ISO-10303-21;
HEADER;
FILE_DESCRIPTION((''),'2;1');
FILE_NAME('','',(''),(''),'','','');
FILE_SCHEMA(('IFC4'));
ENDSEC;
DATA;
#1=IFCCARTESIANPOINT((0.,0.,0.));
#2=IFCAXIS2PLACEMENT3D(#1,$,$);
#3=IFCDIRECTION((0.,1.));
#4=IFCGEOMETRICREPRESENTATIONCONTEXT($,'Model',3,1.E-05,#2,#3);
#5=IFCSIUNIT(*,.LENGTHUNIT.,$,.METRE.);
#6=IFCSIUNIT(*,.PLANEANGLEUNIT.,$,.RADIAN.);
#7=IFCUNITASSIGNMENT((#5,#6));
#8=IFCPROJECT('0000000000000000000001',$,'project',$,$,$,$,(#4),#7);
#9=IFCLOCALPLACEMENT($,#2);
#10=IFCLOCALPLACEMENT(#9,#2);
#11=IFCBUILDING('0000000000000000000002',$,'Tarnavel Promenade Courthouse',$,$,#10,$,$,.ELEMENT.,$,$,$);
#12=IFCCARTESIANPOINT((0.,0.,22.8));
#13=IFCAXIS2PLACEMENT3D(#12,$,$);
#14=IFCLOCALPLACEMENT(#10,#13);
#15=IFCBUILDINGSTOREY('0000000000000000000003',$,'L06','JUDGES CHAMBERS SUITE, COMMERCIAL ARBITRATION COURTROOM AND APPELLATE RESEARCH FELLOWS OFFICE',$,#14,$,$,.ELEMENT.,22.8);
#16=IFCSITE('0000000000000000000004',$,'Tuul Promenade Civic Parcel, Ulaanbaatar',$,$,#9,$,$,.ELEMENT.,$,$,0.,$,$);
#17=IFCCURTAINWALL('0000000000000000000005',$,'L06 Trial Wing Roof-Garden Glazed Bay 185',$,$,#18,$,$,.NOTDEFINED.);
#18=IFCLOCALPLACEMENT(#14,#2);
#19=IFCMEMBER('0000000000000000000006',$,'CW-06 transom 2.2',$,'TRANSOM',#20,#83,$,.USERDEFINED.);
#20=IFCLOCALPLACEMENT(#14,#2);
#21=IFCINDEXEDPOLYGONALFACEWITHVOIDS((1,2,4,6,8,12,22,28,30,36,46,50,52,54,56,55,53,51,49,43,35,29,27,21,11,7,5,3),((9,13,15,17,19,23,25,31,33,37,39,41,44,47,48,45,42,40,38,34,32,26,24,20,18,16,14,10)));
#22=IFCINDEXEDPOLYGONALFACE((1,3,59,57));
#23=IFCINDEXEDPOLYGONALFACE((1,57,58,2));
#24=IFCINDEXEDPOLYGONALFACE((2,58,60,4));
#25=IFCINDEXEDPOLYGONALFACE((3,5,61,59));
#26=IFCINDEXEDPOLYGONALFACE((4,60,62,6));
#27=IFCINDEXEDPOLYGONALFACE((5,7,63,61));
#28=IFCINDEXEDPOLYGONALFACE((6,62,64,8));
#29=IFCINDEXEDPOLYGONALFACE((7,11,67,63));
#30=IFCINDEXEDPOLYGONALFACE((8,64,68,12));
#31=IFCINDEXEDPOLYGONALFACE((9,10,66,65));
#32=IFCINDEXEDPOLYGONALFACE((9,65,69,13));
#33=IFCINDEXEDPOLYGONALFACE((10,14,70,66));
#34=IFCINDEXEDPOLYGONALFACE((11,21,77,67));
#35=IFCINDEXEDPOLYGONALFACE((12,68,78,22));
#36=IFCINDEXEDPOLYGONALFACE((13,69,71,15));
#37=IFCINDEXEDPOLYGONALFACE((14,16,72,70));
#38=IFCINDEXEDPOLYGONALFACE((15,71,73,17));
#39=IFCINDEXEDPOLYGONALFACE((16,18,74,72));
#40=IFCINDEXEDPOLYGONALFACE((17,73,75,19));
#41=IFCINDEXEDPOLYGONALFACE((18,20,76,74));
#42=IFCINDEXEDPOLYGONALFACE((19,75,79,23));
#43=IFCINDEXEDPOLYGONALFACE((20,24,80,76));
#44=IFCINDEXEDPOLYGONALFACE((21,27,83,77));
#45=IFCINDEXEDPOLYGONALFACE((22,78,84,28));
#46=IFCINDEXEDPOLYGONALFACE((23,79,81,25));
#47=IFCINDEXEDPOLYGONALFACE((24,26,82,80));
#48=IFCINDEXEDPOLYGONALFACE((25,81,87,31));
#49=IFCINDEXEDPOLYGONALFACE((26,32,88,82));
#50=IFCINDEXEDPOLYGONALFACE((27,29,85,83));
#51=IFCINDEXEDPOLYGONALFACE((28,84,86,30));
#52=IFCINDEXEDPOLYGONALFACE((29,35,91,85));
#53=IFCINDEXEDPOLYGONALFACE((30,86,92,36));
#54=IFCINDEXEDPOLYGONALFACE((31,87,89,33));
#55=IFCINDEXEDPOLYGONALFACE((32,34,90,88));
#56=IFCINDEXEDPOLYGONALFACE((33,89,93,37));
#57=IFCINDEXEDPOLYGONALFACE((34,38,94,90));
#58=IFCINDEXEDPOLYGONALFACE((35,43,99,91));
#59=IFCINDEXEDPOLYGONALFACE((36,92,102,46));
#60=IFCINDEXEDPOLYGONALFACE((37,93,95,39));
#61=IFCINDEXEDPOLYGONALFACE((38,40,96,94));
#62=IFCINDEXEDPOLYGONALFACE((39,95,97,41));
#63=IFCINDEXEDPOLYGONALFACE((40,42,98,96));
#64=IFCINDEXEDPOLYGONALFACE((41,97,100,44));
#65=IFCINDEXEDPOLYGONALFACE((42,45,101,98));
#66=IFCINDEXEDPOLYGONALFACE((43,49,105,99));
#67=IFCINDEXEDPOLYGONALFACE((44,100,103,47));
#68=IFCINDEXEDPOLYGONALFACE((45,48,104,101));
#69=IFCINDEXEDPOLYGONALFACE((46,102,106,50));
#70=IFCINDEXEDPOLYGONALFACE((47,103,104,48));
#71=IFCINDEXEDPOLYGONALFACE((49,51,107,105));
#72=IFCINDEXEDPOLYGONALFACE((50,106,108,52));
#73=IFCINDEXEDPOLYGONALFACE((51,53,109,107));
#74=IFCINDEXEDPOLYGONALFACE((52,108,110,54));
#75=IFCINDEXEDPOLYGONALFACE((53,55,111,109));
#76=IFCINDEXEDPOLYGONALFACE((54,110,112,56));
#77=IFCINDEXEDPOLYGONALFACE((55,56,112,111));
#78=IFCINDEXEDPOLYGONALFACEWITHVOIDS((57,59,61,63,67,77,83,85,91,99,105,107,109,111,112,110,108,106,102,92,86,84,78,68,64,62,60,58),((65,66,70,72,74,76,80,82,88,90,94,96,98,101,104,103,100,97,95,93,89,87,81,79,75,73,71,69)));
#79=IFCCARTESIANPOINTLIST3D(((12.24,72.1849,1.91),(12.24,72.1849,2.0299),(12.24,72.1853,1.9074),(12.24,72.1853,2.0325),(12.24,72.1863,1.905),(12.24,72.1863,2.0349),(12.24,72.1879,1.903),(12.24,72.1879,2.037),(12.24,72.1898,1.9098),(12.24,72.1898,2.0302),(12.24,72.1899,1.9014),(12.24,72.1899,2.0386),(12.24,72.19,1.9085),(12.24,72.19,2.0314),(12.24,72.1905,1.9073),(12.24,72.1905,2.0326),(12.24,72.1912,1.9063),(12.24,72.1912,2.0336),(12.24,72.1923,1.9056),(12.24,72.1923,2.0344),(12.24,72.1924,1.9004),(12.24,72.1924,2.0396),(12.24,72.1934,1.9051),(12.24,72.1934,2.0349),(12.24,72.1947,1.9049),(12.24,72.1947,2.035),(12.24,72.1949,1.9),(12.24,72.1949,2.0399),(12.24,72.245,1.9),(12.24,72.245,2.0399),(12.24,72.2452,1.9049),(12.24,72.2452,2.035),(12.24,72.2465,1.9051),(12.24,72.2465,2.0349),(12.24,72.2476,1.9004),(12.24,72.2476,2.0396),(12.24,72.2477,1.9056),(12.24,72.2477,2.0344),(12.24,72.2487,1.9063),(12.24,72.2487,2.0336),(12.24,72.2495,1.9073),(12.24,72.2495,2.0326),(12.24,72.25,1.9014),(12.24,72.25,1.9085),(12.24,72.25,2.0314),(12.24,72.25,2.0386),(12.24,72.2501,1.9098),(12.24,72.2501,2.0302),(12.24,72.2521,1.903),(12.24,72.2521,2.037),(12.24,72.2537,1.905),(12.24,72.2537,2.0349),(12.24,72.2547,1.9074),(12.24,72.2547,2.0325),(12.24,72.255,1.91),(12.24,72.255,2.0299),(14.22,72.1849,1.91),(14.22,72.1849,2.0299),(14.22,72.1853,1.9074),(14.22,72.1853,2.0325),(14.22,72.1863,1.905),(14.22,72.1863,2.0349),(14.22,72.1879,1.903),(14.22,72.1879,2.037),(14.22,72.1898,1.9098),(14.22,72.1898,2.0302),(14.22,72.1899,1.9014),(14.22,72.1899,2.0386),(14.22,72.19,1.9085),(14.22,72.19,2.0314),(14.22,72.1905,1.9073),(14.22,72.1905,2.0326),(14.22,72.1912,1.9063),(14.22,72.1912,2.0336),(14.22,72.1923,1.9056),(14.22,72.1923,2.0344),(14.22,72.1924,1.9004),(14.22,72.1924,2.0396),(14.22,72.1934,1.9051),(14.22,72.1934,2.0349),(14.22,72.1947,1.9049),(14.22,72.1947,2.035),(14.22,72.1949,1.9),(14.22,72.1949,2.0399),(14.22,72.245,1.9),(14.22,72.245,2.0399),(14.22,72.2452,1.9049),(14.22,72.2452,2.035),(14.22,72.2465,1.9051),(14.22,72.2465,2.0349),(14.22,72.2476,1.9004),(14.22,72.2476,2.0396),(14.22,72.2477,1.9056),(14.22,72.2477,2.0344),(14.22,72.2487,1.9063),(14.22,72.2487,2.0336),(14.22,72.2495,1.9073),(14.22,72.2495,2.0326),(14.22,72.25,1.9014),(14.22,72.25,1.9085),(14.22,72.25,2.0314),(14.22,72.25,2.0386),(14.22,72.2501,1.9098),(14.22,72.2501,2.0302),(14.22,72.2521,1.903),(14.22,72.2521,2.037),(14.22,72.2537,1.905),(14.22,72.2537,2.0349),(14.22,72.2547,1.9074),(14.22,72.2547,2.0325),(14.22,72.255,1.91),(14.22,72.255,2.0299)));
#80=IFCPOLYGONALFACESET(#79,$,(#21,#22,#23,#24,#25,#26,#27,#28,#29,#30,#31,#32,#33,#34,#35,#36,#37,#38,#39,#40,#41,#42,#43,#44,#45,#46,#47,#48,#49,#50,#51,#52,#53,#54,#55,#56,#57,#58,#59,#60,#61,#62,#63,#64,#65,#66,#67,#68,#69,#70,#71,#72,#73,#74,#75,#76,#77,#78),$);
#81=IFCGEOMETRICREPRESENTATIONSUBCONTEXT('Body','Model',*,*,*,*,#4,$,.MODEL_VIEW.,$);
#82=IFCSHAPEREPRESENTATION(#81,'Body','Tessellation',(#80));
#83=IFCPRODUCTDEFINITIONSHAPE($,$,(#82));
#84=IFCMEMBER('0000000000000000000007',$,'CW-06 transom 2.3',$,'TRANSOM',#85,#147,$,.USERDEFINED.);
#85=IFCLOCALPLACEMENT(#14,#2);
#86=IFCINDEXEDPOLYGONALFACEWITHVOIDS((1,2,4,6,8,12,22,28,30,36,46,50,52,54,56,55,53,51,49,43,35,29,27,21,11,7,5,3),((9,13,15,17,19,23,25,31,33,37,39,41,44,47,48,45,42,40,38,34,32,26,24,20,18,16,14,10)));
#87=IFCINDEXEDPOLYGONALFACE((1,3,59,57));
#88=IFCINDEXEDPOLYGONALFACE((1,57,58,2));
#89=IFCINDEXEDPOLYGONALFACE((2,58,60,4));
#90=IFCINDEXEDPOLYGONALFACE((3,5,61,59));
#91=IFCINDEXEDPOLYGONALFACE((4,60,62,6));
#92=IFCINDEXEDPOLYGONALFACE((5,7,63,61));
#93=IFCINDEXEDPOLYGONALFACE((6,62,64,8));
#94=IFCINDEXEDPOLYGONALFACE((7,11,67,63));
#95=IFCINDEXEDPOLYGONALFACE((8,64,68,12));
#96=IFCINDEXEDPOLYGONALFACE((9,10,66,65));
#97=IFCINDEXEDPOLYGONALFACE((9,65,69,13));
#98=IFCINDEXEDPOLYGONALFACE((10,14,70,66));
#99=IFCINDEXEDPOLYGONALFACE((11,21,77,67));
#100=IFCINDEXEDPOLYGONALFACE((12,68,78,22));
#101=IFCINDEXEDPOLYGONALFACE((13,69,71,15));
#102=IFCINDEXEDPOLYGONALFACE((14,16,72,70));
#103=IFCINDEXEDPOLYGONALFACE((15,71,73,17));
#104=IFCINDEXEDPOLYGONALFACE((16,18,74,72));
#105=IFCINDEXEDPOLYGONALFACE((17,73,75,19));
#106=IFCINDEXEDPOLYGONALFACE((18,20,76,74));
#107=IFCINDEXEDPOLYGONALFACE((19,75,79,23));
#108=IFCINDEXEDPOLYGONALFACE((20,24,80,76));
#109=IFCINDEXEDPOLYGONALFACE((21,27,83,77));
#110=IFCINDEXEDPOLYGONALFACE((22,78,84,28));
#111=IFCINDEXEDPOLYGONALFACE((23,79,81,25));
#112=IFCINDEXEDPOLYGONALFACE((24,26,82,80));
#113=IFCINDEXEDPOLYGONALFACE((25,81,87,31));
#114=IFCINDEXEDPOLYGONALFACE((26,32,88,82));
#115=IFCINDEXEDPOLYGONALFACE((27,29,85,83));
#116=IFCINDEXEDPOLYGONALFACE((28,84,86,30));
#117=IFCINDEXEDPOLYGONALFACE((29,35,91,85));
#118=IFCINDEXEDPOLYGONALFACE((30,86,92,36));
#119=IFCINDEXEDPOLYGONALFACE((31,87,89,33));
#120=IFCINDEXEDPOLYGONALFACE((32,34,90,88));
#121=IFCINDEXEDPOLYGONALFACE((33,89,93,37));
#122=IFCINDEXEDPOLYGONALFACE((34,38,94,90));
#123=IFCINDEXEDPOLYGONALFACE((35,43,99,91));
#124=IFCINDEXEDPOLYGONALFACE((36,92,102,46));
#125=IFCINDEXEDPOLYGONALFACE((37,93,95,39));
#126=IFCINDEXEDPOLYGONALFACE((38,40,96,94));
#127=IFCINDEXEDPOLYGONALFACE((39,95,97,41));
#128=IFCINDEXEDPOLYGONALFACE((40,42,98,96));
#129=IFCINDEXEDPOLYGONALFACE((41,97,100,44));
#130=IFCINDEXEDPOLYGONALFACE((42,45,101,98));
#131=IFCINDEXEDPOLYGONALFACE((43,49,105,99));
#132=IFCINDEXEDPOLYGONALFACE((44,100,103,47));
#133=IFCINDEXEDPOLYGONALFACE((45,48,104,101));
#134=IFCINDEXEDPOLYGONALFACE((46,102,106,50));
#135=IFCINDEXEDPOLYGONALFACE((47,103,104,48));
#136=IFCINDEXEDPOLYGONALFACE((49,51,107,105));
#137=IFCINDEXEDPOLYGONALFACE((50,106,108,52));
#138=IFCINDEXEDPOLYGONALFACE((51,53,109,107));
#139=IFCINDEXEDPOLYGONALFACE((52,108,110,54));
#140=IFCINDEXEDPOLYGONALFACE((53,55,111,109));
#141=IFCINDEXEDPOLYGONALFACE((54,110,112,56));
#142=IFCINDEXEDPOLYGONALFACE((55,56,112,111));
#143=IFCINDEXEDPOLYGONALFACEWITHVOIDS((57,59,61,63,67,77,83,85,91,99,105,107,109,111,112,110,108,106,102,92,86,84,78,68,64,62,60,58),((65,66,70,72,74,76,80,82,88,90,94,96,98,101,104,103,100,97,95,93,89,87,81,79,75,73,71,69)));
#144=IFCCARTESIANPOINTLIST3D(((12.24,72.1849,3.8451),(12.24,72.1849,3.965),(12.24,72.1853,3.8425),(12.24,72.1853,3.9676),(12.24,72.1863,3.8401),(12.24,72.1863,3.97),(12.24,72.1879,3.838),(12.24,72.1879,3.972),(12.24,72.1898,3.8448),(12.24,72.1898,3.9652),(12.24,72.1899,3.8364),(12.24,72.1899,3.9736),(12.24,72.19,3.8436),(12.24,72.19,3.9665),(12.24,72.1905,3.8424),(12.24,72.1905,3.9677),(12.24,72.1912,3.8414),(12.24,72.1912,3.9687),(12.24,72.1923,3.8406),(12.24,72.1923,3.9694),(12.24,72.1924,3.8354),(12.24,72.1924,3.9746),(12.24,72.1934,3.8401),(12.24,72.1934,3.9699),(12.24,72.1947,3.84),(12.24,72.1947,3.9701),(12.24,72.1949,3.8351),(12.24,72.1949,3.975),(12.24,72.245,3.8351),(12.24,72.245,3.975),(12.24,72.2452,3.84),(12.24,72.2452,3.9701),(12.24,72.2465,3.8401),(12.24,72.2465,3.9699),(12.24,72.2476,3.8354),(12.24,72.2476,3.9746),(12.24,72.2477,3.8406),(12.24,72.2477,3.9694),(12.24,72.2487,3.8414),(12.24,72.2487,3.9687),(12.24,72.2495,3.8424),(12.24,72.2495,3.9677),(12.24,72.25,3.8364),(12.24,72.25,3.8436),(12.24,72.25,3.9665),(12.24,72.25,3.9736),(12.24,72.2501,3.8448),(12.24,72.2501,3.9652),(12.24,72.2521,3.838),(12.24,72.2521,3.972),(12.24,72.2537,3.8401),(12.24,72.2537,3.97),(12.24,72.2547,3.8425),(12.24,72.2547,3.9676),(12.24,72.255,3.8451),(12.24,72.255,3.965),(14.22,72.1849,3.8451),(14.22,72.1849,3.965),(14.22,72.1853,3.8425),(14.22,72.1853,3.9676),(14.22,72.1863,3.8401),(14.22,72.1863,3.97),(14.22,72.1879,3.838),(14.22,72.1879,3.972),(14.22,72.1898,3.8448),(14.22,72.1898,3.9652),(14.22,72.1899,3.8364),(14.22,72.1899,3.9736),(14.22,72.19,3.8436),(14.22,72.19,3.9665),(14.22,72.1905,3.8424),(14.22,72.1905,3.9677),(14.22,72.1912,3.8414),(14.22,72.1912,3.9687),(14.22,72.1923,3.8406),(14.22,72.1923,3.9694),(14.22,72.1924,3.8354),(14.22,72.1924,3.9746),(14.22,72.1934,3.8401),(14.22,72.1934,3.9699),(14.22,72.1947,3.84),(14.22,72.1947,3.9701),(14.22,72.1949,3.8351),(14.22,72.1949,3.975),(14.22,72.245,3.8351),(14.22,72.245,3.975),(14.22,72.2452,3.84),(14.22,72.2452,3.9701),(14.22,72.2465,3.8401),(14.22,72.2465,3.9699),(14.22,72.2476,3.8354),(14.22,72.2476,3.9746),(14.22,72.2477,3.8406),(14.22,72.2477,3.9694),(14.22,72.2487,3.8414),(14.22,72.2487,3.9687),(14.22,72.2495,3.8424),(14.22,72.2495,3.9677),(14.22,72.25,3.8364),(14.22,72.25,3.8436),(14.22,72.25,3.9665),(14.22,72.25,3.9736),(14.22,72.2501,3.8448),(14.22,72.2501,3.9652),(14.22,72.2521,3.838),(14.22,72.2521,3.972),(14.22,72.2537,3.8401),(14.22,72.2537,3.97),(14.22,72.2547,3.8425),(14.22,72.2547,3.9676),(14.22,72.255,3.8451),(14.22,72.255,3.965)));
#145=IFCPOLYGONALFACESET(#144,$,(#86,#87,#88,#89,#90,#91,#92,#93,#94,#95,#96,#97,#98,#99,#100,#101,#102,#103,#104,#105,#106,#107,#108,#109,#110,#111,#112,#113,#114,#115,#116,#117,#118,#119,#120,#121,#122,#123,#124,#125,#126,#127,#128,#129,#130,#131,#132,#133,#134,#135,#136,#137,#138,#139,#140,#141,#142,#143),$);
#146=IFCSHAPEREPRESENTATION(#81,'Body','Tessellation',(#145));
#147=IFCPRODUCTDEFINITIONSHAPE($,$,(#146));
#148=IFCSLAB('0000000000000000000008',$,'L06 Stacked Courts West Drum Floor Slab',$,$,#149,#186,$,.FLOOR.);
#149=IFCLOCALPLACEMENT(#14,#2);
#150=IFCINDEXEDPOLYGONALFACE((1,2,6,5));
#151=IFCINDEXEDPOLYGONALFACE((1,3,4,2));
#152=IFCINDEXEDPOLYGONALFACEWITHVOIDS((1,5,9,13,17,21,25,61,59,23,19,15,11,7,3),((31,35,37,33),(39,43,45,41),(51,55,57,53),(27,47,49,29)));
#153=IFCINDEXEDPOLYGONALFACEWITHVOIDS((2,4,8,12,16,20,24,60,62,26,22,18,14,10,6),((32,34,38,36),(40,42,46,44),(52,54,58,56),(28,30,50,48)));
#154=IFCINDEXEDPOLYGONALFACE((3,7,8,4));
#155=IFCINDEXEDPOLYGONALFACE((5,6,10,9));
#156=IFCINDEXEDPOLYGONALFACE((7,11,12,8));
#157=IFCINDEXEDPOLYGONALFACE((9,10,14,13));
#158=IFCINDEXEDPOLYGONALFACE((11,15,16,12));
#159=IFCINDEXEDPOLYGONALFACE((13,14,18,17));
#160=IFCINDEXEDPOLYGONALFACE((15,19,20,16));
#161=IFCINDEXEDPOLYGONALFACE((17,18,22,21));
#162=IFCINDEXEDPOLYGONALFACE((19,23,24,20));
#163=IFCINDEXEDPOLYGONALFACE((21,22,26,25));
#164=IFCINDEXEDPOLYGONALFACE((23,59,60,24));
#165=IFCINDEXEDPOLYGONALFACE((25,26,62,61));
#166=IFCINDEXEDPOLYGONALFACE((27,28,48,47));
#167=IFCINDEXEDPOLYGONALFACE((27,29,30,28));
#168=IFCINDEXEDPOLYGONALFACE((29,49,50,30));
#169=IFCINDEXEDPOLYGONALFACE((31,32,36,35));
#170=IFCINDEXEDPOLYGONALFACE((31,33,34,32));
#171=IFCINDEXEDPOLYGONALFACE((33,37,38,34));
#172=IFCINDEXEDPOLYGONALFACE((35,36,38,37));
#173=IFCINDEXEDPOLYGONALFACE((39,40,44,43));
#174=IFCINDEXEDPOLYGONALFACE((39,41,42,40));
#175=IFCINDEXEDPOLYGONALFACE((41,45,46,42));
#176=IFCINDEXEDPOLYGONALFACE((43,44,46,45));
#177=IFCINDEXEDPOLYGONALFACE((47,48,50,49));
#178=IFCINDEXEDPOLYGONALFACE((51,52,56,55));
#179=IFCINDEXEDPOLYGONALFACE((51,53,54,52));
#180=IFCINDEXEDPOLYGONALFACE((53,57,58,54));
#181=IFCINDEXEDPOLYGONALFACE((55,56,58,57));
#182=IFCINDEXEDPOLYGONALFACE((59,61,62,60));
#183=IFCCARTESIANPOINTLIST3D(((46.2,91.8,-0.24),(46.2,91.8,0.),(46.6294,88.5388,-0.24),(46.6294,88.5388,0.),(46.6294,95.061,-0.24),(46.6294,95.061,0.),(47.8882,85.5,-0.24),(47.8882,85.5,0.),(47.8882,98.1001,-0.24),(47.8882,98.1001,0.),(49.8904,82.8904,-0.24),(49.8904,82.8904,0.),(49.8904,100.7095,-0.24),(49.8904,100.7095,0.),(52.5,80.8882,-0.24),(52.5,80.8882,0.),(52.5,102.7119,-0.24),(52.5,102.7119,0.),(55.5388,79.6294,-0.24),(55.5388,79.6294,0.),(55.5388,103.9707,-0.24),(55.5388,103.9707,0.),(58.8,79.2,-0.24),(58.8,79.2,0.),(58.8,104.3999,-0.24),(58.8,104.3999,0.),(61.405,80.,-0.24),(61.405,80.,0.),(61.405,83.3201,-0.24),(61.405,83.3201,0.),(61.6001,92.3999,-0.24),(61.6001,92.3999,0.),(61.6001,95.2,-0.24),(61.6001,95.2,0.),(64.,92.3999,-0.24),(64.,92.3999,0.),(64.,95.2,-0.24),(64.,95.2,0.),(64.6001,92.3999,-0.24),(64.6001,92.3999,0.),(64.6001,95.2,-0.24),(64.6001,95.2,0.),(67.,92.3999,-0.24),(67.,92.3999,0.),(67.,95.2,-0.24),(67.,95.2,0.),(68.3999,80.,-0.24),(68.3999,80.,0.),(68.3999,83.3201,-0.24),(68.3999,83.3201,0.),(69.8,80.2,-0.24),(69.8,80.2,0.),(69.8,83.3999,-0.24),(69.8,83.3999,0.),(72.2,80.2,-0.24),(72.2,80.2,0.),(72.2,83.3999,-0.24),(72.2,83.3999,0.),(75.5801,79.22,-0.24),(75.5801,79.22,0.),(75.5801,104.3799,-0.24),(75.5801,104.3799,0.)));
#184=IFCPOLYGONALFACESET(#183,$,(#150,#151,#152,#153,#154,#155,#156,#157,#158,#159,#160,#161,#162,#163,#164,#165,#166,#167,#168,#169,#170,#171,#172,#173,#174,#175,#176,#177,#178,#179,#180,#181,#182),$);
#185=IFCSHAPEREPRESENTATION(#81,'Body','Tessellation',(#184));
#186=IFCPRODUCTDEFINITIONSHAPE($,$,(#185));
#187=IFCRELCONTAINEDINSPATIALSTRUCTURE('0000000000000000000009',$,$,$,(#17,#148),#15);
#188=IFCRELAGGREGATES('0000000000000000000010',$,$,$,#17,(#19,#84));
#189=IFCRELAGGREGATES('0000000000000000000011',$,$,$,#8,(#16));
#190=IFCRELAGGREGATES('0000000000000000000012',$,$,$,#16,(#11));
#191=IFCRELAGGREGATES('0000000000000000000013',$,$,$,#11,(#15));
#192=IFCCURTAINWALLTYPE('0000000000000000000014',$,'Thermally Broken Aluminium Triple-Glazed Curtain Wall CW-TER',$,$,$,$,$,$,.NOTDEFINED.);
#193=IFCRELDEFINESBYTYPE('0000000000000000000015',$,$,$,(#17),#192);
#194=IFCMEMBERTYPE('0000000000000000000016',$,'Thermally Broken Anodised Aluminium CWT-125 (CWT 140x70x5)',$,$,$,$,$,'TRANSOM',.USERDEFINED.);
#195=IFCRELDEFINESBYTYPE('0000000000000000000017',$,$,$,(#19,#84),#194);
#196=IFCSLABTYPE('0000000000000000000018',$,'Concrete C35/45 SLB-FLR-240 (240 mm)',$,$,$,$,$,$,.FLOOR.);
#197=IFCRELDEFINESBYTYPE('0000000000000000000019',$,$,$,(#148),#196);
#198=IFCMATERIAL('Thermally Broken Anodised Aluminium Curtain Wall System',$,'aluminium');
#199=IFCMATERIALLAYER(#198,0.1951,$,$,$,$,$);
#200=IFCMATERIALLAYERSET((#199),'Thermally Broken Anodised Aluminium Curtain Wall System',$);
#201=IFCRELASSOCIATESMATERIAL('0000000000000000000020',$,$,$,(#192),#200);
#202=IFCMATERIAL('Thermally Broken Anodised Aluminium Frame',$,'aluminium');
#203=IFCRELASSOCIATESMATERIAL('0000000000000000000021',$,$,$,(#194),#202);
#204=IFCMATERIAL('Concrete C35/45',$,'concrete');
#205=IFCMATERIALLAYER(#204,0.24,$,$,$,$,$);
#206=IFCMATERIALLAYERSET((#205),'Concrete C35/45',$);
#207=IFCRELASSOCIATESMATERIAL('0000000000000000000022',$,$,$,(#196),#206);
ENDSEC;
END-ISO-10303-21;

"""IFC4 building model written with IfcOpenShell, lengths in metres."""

from ifc_helpers import new_model, si_unit, direction, frame, origin, origin_2d, place, context, subcontext, project, spatial, polyline, hollow_rectangle, outline, extrude, material, layer, layer_set, material_profile, profile_set, type_object, element, aggregate, save


model = new_model("IFC4")

# Units and contexts
model_context = context("Model", 3, precision=1e-05, world=origin(), true_north=direction((0.0, 1.0)))
body_context = subcontext(model_context, "Body", "Model", "MODEL_VIEW")
ifc_project = project(units=[si_unit("LENGTHUNIT", "METRE"), si_unit("PLANEANGLEUNIT", "RADIAN")], contexts=[model_context])

# Site, building, storey
site_placement = place(None, origin())
site = spatial("IfcSite", under=ifc_project, at=site_placement, Name="Tuul Promenade Civic Parcel, Ulaanbaatar", CompositionType="ELEMENT", RefElevation=0.0)
building_placement = place(site_placement, origin())
building = spatial("IfcBuilding", under=site, at=building_placement, Name="Tarnavel Promenade Courthouse", CompositionType="ELEMENT")
storey_placement = place(building_placement, frame((0.0, 0.0, 22.8)))
storey = spatial("IfcBuildingStorey", under=building, at=storey_placement, Name="L06", Description="JUDGES CHAMBERS SUITE, COMMERCIAL ARBITRATION COURTROOM AND APPELLATE RESEARCH FELLOWS OFFICE", CompositionType="ELEMENT", Elevation=22.8)

# Curtain wall, members
ifc_material_1 = material(Name="Thermally Broken Anodised Aluminium Curtain Wall System", Category="aluminium")
ifc_layer_1 = layer(ifc_material_1, 0.1951)
ifc_layer_set_1 = layer_set([ifc_layer_1], Name="Thermally Broken Anodised Aluminium Curtain Wall System")
curtain_wall_type = type_object("IfcCurtainWallType", Name="Thermally Broken Aluminium Triple-Glazed Curtain Wall CW-TER", PredefinedType="NOTDEFINED", material=ifc_layer_set_1)
curtain_wall_placement = place(storey_placement, origin())
curtain_wall = element("IfcCurtainWall", 1, at=curtain_wall_placement, inside=storey, type_object=curtain_wall_type, Name="L06 Trial Wing Roof-Garden Glazed Bay 185", PredefinedType="NOTDEFINED")
ifc_material_2 = material(Name="Thermally Broken Anodised Aluminium Frame", Category="aluminium")
ifc_material_profile_1 = material_profile(ifc_material_2, hollow_rectangle(XDim=0.0701, YDim=0.1399, WallThickness=0.0049, InnerFilletRadius=0.0049, OuterFilletRadius=0.01, at=origin_2d()), Name="CWT 140x70x5")
ifc_profile_set_1 = profile_set([ifc_material_profile_1], Name="Thermally Broken Anodised Aluminium Frame")
member_type_1 = type_object("IfcMemberType", Name="Thermally Broken Anodised Aluminium CWT-125 (CWT 140x70x5)", ElementType="TRANSOM", PredefinedType="USERDEFINED", material=ifc_profile_set_1)
member_1_placement = place(storey_placement, frame((12.24, 72.22, 1.97), z_axis=(1.0, 0.0, 0.0), x_axis=(0.0, 1.0, 0.0)))
member_1 = element("IfcMember", 2, at=member_1_placement, type_object=member_type_1, Name="CW-06 transom 2.2", ObjectType="TRANSOM", PredefinedType="USERDEFINED", context=body_context, shape_type="SweptSolid", body=[
    extrude(hollow_rectangle(XDim=0.0701, YDim=0.1399, WallThickness=0.0049, InnerFilletRadius=0.0049, OuterFilletRadius=0.01, at=origin_2d()), origin(), (0.0, 0.0, 1.0), 1.98),
])
member_2_placement = place(storey_placement, frame((12.24, 72.22, 3.905), z_axis=(1.0, 0.0, 0.0), x_axis=(0.0, 1.0, 0.0)))
member_2 = element("IfcMember", 3, at=member_2_placement, type_object=member_type_1, Name="CW-06 transom 2.3", ObjectType="TRANSOM", PredefinedType="USERDEFINED", context=body_context, shape_type="SweptSolid", body=[
    extrude(hollow_rectangle(XDim=0.0701, YDim=0.1399, WallThickness=0.0049, InnerFilletRadius=0.0049, OuterFilletRadius=0.01, at=origin_2d()), origin(), (0.0, 0.0, 1.0), 1.98),
])

# Slab
ifc_material_3 = material(Name="Concrete C35/45", Category="concrete")
ifc_layer_2 = layer(ifc_material_3, 0.24)
ifc_layer_set_2 = layer_set([ifc_layer_2], Name="Concrete C35/45")
slab_type_1 = type_object("IfcSlabType", Name="Concrete C35/45 SLB-FLR-240 (240 mm)", PredefinedType="FLOOR", material=ifc_layer_set_2)
slab_1_placement = place(storey_placement, frame((0.0, 0.0, -0.24)))
element("IfcSlab", 4, at=slab_1_placement, inside=storey, type_object=slab_type_1, Name="L06 Stacked Courts West Drum Floor Slab", PredefinedType="FLOOR", context=body_context, shape_type="SweptSolid", body=[
    extrude(outline(polyline([(75.5801, 79.22), (75.5801, 104.3799), (58.8, 104.3999), (55.5388, 103.9707), (52.5, 102.7119), (49.8904, 100.7095), (47.8882, 98.1001), (46.6294, 95.061), (46.2, 91.8), (46.6294, 88.5388), (47.8882, 85.5), (49.8904, 82.8904), (52.5, 80.8882), (55.5388, 79.6294), (58.8, 79.2), (75.5801, 79.22)]), holes=[polyline([(61.405, 80.0), (68.3999, 80.0), (68.3999, 83.3201), (61.405, 83.3201), (61.405, 80.0)]), polyline([(69.8, 80.2), (72.2, 80.2), (72.2, 83.3999), (69.8, 83.3999), (69.8, 80.2)]), polyline([(61.6001, 92.3999), (64.0, 92.3999), (64.0, 95.2), (61.6001, 95.2), (61.6001, 92.3999)]), polyline([(64.6001, 92.3999), (67.0, 92.3999), (67.0, 95.2), (64.6001, 95.2), (64.6001, 92.3999)])]), origin(), (0.0, 0.0, 1.0), 0.24),
])

aggregate(curtain_wall, [member_1, member_2])

save(model, "model.ifc")
